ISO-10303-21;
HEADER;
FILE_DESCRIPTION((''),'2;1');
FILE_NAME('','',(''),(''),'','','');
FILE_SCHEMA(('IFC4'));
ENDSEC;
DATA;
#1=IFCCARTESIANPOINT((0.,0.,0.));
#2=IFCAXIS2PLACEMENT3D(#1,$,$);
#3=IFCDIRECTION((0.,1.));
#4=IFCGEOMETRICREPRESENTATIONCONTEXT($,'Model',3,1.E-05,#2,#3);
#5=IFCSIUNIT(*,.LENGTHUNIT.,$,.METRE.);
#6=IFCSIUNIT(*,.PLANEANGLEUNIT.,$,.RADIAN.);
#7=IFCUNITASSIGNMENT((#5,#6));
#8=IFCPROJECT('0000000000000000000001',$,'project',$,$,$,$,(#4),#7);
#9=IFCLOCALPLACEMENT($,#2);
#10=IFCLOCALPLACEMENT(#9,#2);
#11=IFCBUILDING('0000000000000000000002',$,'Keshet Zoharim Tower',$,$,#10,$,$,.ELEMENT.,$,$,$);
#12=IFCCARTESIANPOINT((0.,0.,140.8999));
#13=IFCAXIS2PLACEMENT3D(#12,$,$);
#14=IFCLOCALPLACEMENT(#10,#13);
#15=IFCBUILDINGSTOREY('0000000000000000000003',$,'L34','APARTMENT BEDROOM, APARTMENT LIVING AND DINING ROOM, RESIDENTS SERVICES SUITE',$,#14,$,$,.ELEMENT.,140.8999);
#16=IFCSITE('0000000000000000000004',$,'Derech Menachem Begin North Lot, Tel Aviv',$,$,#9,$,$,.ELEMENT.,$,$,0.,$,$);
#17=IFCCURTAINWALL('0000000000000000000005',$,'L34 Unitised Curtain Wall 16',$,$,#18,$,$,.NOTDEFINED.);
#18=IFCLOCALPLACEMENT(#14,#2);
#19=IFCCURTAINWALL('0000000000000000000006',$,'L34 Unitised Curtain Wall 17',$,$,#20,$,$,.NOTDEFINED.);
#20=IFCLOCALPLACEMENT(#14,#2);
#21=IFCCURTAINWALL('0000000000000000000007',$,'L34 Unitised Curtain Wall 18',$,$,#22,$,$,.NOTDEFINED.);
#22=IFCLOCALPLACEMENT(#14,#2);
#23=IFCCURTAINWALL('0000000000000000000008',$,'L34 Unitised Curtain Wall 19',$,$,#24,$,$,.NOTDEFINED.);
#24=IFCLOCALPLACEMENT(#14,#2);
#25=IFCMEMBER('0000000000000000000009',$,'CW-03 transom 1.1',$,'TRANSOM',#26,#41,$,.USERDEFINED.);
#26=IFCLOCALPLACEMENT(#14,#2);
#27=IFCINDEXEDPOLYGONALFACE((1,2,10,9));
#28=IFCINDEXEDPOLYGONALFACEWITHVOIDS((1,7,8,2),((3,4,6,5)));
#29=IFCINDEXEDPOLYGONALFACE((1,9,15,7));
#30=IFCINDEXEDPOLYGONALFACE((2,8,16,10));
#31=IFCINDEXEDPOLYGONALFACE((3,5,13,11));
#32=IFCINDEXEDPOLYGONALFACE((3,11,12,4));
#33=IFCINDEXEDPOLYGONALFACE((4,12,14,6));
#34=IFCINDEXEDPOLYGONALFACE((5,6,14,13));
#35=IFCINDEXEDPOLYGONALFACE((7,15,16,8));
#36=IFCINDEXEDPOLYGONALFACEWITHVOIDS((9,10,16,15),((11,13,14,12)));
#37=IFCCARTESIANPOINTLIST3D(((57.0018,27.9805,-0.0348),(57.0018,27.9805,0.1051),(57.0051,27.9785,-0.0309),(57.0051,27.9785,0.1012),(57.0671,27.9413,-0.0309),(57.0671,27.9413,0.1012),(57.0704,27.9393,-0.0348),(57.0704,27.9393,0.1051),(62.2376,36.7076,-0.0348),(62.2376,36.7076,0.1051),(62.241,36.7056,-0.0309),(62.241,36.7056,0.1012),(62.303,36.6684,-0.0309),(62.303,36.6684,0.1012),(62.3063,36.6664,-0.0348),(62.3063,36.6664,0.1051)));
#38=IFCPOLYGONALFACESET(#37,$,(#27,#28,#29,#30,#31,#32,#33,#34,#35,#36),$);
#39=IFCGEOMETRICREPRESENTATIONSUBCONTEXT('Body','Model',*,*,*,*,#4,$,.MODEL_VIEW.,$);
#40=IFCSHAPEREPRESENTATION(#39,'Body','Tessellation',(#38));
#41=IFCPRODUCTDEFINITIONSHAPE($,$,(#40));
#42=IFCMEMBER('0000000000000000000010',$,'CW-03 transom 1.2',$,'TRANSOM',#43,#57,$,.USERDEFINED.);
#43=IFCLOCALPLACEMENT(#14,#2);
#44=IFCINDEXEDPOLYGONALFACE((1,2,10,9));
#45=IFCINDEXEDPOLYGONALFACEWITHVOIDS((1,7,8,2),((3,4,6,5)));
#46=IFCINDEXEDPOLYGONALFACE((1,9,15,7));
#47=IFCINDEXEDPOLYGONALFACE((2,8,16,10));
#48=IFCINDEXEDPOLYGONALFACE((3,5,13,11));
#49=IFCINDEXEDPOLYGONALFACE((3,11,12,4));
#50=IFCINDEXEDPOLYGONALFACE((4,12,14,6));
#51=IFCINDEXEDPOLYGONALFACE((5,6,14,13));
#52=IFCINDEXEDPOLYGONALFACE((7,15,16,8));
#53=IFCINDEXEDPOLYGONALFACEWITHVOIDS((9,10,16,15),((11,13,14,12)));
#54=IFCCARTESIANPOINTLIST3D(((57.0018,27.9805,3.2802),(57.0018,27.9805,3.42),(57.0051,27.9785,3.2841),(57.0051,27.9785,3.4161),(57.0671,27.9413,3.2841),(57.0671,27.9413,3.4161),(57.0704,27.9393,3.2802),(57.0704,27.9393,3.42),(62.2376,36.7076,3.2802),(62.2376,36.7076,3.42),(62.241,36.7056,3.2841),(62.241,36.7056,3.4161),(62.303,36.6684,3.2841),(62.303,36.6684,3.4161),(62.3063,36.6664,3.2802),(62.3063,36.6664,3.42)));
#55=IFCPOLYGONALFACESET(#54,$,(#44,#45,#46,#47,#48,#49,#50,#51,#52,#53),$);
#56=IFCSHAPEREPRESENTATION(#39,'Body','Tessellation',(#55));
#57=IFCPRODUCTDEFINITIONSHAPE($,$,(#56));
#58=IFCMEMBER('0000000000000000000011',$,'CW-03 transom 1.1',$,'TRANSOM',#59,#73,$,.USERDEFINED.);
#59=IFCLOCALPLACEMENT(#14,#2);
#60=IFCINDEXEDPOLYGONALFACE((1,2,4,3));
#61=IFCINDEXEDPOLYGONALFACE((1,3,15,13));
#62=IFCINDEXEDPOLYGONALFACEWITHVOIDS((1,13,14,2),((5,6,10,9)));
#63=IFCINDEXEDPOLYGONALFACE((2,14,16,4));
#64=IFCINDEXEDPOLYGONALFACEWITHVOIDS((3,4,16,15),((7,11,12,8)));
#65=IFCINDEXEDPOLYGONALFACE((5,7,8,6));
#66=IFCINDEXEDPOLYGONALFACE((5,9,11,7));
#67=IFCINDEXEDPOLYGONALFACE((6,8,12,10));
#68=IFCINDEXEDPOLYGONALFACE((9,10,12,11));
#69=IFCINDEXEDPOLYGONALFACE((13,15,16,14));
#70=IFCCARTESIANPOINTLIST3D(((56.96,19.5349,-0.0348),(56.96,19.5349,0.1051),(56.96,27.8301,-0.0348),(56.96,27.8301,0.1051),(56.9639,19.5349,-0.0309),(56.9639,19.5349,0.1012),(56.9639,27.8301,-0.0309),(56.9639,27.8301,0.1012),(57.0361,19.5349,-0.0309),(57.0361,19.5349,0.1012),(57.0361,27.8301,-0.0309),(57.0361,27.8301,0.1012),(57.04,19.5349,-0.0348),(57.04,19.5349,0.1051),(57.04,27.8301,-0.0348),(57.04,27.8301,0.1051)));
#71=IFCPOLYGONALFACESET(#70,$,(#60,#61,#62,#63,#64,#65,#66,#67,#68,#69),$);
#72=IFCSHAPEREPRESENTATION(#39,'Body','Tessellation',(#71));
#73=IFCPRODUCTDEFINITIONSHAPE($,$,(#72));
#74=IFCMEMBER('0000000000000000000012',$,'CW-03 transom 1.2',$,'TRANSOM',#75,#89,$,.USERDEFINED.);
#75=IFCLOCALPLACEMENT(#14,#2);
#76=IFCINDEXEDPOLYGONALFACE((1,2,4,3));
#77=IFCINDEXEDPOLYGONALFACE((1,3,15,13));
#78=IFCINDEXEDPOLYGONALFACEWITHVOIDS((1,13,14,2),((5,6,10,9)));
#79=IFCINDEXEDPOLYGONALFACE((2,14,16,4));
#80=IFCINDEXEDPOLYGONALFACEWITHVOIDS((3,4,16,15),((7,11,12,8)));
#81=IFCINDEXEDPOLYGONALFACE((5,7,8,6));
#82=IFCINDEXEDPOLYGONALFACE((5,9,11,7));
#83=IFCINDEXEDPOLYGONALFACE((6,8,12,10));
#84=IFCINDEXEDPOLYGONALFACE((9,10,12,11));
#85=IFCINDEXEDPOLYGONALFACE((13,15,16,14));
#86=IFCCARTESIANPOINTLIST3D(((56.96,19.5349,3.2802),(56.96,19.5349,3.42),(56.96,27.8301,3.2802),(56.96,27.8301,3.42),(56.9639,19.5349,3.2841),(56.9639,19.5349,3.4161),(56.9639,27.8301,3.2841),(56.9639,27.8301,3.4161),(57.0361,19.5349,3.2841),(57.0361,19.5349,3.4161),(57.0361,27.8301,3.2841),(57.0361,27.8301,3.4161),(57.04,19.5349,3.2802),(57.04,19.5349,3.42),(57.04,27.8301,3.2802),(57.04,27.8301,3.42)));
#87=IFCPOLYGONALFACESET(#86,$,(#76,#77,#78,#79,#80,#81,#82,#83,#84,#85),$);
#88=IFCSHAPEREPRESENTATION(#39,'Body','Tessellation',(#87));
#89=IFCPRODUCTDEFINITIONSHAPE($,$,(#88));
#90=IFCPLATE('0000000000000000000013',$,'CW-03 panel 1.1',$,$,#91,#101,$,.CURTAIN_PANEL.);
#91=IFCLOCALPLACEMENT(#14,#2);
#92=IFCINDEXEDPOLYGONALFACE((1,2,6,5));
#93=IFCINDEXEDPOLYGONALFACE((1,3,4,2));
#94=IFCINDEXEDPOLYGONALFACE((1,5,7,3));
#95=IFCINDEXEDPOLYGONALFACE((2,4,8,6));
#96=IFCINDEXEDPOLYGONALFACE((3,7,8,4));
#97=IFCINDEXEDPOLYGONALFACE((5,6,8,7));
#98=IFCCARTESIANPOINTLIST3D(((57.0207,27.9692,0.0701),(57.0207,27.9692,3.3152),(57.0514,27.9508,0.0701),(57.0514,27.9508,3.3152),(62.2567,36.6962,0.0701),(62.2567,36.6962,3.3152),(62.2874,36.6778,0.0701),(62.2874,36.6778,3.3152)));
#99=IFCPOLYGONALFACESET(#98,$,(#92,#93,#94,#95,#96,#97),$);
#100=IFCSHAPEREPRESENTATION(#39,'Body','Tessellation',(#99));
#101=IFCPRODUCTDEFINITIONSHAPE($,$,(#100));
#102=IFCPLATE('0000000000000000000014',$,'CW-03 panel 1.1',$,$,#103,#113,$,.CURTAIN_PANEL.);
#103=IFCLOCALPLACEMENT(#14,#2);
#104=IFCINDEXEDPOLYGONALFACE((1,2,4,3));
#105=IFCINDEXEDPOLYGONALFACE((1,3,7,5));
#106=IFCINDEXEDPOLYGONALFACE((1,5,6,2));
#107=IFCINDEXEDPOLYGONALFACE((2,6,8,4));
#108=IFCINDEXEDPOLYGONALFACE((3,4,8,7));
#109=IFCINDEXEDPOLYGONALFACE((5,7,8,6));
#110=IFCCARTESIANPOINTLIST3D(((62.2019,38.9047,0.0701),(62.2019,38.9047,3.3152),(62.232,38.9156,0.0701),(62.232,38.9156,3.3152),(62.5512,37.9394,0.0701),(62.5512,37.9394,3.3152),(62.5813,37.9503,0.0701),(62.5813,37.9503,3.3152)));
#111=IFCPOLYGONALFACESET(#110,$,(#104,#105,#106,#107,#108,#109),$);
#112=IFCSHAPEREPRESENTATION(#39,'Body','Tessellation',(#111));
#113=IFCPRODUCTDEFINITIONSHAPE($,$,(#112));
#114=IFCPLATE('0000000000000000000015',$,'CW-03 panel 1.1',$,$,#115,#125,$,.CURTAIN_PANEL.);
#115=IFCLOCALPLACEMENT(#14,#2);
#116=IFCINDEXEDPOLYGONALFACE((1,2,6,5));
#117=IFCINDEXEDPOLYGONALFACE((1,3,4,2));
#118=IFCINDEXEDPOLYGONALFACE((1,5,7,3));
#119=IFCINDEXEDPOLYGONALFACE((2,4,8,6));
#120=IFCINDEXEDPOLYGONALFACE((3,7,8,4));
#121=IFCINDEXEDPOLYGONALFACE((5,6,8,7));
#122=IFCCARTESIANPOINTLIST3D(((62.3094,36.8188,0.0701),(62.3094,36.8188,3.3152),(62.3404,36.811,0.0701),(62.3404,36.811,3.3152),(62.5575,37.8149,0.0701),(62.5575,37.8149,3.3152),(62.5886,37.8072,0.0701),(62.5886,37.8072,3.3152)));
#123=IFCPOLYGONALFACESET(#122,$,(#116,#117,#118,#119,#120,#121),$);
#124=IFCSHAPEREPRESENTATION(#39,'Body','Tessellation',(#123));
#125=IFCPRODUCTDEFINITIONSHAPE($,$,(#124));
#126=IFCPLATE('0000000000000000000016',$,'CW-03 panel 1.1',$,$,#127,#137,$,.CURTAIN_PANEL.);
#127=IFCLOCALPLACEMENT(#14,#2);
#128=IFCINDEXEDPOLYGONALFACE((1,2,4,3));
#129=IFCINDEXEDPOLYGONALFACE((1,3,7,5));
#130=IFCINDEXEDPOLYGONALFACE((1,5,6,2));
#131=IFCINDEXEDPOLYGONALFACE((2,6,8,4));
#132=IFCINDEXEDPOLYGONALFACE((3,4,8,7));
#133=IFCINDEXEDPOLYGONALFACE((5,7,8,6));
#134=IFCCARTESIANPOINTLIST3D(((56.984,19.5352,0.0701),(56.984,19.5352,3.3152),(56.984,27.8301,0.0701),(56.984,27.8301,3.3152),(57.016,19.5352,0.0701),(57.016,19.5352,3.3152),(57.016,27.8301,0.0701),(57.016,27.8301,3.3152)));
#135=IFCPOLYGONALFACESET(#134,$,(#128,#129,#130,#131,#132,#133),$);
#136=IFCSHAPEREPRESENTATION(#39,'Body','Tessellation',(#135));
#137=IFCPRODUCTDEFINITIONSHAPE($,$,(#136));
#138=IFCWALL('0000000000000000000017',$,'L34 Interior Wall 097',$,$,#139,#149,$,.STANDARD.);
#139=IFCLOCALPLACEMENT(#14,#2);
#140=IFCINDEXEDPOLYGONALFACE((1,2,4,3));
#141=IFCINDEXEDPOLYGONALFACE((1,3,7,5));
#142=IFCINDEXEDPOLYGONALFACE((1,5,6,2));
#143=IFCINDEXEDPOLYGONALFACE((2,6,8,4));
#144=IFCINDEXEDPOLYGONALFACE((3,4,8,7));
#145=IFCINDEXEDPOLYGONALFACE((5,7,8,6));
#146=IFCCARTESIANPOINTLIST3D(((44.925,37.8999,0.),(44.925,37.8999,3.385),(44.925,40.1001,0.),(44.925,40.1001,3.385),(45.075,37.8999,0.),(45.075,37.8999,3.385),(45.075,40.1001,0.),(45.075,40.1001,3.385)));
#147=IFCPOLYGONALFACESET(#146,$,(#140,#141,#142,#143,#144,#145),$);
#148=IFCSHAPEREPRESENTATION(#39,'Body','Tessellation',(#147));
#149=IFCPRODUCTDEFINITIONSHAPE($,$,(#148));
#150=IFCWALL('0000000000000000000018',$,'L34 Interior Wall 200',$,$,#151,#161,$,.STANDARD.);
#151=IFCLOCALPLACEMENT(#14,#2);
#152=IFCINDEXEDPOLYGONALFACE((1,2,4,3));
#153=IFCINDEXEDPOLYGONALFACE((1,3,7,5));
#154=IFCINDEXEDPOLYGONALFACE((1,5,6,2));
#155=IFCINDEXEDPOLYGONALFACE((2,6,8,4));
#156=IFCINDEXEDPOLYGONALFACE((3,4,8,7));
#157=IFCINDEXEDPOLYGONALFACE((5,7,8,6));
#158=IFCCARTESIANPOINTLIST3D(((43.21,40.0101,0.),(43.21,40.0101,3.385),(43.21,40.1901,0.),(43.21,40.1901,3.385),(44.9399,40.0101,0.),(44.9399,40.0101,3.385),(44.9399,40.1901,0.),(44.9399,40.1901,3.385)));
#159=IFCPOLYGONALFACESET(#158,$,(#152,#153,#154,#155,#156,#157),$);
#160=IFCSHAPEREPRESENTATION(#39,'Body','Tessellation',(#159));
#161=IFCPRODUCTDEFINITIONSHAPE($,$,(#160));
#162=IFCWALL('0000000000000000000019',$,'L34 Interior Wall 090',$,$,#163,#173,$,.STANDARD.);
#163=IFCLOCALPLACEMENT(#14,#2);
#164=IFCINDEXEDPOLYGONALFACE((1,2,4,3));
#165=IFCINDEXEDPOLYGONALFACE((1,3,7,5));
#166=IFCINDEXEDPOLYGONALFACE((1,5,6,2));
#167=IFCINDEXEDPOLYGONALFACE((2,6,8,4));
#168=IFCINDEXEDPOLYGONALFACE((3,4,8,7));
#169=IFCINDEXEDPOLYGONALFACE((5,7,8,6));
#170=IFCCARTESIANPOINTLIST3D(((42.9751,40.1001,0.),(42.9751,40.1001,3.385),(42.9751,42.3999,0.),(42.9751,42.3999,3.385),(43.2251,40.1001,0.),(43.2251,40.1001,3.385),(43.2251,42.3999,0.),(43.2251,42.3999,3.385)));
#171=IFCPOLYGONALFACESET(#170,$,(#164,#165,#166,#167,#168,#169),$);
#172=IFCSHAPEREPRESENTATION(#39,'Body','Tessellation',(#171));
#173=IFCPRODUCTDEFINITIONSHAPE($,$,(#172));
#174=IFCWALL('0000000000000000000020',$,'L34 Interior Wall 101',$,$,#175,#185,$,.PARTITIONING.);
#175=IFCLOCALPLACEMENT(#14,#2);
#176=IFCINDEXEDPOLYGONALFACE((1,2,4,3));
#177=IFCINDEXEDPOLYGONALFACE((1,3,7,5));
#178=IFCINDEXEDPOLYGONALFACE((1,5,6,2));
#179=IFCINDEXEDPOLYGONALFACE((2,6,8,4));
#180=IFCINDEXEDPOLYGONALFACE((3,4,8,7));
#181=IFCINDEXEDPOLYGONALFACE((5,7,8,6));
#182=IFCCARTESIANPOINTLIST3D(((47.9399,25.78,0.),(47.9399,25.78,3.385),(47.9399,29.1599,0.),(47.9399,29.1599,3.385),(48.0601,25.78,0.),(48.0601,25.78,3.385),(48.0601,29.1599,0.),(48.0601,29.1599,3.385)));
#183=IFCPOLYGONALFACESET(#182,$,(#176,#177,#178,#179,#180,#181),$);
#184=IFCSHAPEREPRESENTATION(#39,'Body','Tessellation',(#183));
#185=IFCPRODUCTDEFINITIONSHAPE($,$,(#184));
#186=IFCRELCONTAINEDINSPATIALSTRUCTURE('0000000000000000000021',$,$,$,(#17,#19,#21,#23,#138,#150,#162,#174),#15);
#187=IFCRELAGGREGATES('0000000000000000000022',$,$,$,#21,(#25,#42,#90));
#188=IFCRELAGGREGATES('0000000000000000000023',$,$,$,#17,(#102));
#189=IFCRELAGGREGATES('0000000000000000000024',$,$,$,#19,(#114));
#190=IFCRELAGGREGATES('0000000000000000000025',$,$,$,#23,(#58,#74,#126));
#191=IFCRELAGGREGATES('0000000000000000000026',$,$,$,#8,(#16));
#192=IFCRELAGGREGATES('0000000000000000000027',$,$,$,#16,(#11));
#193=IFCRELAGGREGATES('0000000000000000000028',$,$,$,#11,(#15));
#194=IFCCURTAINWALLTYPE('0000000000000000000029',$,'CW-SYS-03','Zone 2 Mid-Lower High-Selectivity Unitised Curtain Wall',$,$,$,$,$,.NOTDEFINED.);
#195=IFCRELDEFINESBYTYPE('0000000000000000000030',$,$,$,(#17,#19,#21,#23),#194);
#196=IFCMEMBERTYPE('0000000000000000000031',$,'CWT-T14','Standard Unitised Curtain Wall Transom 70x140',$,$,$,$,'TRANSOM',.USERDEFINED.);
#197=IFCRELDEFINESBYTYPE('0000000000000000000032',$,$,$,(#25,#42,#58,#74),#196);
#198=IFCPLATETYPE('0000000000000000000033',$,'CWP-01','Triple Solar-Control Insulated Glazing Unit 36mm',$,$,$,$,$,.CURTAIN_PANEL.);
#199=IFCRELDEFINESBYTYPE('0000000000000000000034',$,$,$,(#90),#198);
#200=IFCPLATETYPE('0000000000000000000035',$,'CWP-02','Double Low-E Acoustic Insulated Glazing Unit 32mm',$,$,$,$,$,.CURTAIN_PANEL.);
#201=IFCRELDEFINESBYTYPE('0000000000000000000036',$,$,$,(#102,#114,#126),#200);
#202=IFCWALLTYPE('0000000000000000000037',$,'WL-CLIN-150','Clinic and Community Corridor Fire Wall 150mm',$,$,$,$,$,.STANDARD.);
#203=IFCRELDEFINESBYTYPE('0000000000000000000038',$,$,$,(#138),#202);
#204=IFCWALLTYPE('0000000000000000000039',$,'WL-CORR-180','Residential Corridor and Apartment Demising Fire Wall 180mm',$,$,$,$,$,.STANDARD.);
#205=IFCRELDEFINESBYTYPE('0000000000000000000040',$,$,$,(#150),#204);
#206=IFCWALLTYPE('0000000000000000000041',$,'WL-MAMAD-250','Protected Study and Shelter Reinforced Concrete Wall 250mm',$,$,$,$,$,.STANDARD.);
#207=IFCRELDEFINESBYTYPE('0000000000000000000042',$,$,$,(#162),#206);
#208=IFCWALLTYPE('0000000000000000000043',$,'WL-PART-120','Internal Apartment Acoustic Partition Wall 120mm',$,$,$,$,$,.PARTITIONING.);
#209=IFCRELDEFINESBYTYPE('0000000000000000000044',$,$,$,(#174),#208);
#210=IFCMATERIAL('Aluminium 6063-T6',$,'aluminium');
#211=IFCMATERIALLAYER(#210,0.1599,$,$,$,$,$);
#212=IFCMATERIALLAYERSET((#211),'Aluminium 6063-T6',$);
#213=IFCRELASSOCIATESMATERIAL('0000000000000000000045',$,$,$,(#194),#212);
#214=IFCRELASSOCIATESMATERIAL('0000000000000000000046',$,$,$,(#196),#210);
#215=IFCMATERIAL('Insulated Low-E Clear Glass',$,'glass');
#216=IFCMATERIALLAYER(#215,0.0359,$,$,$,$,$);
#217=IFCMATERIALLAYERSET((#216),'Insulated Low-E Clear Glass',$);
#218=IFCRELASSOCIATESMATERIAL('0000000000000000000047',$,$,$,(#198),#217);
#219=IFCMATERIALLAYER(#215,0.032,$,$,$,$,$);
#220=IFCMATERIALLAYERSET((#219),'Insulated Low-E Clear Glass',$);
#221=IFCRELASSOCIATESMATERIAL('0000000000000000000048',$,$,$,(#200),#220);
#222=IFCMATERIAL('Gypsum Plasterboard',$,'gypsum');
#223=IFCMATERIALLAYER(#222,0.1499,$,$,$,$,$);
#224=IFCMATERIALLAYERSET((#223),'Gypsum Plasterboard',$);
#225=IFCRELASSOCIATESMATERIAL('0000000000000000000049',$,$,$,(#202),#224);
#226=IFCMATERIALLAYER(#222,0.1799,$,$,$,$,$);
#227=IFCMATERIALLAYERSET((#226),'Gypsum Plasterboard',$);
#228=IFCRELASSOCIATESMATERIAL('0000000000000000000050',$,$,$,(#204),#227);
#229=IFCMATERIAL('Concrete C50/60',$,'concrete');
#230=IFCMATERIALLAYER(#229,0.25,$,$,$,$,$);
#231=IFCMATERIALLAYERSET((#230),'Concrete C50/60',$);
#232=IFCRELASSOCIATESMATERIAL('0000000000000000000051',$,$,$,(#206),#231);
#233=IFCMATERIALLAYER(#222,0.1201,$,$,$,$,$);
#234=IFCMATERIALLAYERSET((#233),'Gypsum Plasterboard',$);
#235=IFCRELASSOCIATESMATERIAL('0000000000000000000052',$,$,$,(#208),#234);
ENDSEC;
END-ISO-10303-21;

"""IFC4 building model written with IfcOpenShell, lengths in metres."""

from ifc_helpers import new_model, si_unit, direction, frame, frame_2d, origin, origin_2d, place, context, subcontext, project, spatial, rectangle, hollow_rectangle, extrude, material, layer, layer_set, material_profile, profile_set, type_object, element, aggregate, save


model = new_model("IFC4")

# Units and contexts
model_context = context("Model", 3, precision=1e-05, world=origin(), true_north=direction((0.0, 1.0)))
body_context = subcontext(model_context, "Body", "Model", "MODEL_VIEW")
ifc_project = project(units=[si_unit("LENGTHUNIT", "METRE"), si_unit("PLANEANGLEUNIT", "RADIAN")], contexts=[model_context])

# Site, building, storey
site_placement = place(None, origin())
site = spatial("IfcSite", under=ifc_project, at=site_placement, Name="Derech Menachem Begin North Lot, Tel Aviv", CompositionType="ELEMENT", RefElevation=0.0)
building_placement = place(site_placement, origin())
building = spatial("IfcBuilding", under=site, at=building_placement, Name="Keshet Zoharim Tower", CompositionType="ELEMENT")
storey_placement = place(building_placement, frame((0.0, 0.0, 140.8999)))
storey = spatial("IfcBuildingStorey", under=building, at=storey_placement, Name="L34", Description="APARTMENT BEDROOM, APARTMENT LIVING AND DINING ROOM, RESIDENTS SERVICES SUITE", CompositionType="ELEMENT", Elevation=140.8999)

# Shared definitions
ifc_material_1 = material(Name="Aluminium 6063-T6", Category="aluminium")
ifc_layer_1 = layer(ifc_material_1, 0.1599)
ifc_layer_set_1 = layer_set([ifc_layer_1], Name="Aluminium 6063-T6")
curtain_wall_type = type_object("IfcCurtainWallType", Name="CW-SYS-03", Description="Zone 2 Mid-Lower High-Selectivity Unitised Curtain Wall", PredefinedType="NOTDEFINED", material=ifc_layer_set_1)

# Curtain walls
curtain_wall_1_placement = place(storey_placement, origin())
curtain_wall_1 = element("IfcCurtainWall", 1, at=curtain_wall_1_placement, inside=storey, type_object=curtain_wall_type, Name="L34 Unitised Curtain Wall 16", PredefinedType="NOTDEFINED")
curtain_wall_2_placement = place(storey_placement, origin())
curtain_wall_2 = element("IfcCurtainWall", 2, at=curtain_wall_2_placement, inside=storey, type_object=curtain_wall_type, Name="L34 Unitised Curtain Wall 17", PredefinedType="NOTDEFINED")
curtain_wall_3_placement = place(storey_placement, origin())
curtain_wall_3 = element("IfcCurtainWall", 3, at=curtain_wall_3_placement, inside=storey, type_object=curtain_wall_type, Name="L34 Unitised Curtain Wall 18", PredefinedType="NOTDEFINED")

# Curtain wall
curtain_wall_4_placement = place(storey_placement, origin())
curtain_wall_4 = element("IfcCurtainWall", 4, at=curtain_wall_4_placement, inside=storey, type_object=curtain_wall_type, Name="L34 Unitised Curtain Wall 19", PredefinedType="NOTDEFINED")

# Members
ifc_material_profile_1 = material_profile(ifc_material_1, hollow_rectangle(XDim=0.0801, YDim=0.1399, WallThickness=0.0039, at=origin_2d()), Name="TRN-80x140")
ifc_profile_set_1 = profile_set([ifc_material_profile_1], Name="Aluminium 6063-T6")
member_type_1 = type_object("IfcMemberType", Name="CWT-T14", Description="Standard Unitised Curtain Wall Transom 70x140", ElementType="TRANSOM", PredefinedType="USERDEFINED", material=ifc_profile_set_1)
member_1_placement = place(storey_placement, frame((62.272, 36.687, 0.0352), z_axis=(-0.514468, -0.85751, 0.0), x_axis=(0.85751, -0.514468, 0.0)))
member_1 = element("IfcMember", 5, at=member_1_placement, type_object=member_type_1, Name="CW-03 transom 1.1", ObjectType="TRANSOM", PredefinedType="USERDEFINED", context=body_context, shape_type="SweptSolid", body=[
    extrude(hollow_rectangle(XDim=0.0801, YDim=0.1399, WallThickness=0.0039, at=origin_2d()), origin(), (0.0, 0.0, 1.0), 10.1772),
])
member_2_placement = place(storey_placement, frame((62.272, 36.687, 3.3501), z_axis=(-0.514468, -0.85751, 0.0), x_axis=(0.85751, -0.514468, 0.0)))
member_2 = element("IfcMember", 6, at=member_2_placement, type_object=member_type_1, Name="CW-03 transom 1.2", ObjectType="TRANSOM", PredefinedType="USERDEFINED", context=body_context, shape_type="SweptSolid", body=[
    extrude(hollow_rectangle(XDim=0.0801, YDim=0.1399, WallThickness=0.0039, at=origin_2d()), origin(), (0.0, 0.0, 1.0), 10.1772),
])
member_3_placement = place(storey_placement, frame((57.0, 27.8301, 0.0352), z_axis=(0.0, -1.0, 0.0), x_axis=(1.0, 0.0, 0.0)))
member_3 = element("IfcMember", 7, at=member_3_placement, type_object=member_type_1, Name="CW-03 transom 1.1", ObjectType="TRANSOM", PredefinedType="USERDEFINED", context=body_context, shape_type="SweptSolid", body=[
    extrude(hollow_rectangle(XDim=0.0801, YDim=0.1399, WallThickness=0.0039, at=origin_2d()), origin(), (0.0, 0.0, 1.0), 8.2952),
])
member_4_placement = place(storey_placement, frame((57.0, 27.8301, 3.3501), z_axis=(0.0, -1.0, 0.0), x_axis=(1.0, 0.0, 0.0)))
member_4 = element("IfcMember", 8, at=member_4_placement, type_object=member_type_1, Name="CW-03 transom 1.2", ObjectType="TRANSOM", PredefinedType="USERDEFINED", context=body_context, shape_type="SweptSolid", body=[
    extrude(hollow_rectangle(XDim=0.0801, YDim=0.1399, WallThickness=0.0039, at=origin_2d()), origin(), (0.0, 0.0, 1.0), 8.2952),
])

# Plates
ifc_material_2 = material(Name="Insulated Low-E Clear Glass", Category="glass")
ifc_layer_2 = layer(ifc_material_2, 0.0359)
ifc_layer_set_2 = layer_set([ifc_layer_2], Name="Insulated Low-E Clear Glass")
plate_type_1 = type_object("IfcPlateType", Name="CWP-01", Description="Triple Solar-Control Insulated Glazing Unit 36mm", PredefinedType="CURTAIN_PANEL", material=ifc_layer_set_2)
plate_1_placement = place(storey_placement, frame((59.6541, 32.3235, 0.0701), z_axis=(0.0, 0.0, 1.0), x_axis=(-0.514482, -0.857501, 0.0)))
plate_1 = element("IfcPlate", 9, at=plate_1_placement, type_object=plate_type_1, Name="CW-03 panel 1.1", PredefinedType="CURTAIN_PANEL", context=body_context, shape_type="SweptSolid", body=[
    extrude(rectangle(XDim=10.1772, YDim=0.0359, at=origin_2d()), origin(), (0.0, 0.0, 1.0), 3.2451),
])
aggregate(curtain_wall_3, [member_1, member_2, plate_1])
ifc_layer_3 = layer(ifc_material_2, 0.032)
ifc_layer_set_3 = layer_set([ifc_layer_3], Name="Insulated Low-E Clear Glass")
plate_type_2 = type_object("IfcPlateType", Name="CWP-02", Description="Double Low-E Acoustic Insulated Glazing Unit 32mm", PredefinedType="CURTAIN_PANEL", material=ifc_layer_set_3)
plate_2_placement = place(storey_placement, frame((62.3916, 38.4275, 0.0701), z_axis=(0.0, 0.0, 1.0), x_axis=(0.340297, -0.940318, 0.0)))
plate_2 = element("IfcPlate", 10, at=plate_2_placement, type_object=plate_type_2, Name="CW-03 panel 1.1", PredefinedType="CURTAIN_PANEL", context=body_context, shape_type="SweptSolid", body=[
    extrude(rectangle(XDim=1.0266, YDim=0.032, at=origin_2d()), origin(), (0.0, 0.0, 1.0), 3.2451),
])
aggregate(curtain_wall_1, [plate_2])
plate_3_placement = place(storey_placement, frame((62.449, 37.313, 0.0701), z_axis=(0.0, 0.0, 1.0), x_axis=(-0.241729, -0.970344, 0.0)))
plate_3 = element("IfcPlate", 11, at=plate_3_placement, type_object=plate_type_2, Name="CW-03 panel 1.1", PredefinedType="CURTAIN_PANEL", context=body_context, shape_type="SweptSolid", body=[
    extrude(rectangle(XDim=1.0266, YDim=0.032, at=origin_2d()), origin(), (0.0, 0.0, 1.0), 3.2451),
])
aggregate(curtain_wall_2, [plate_3])
plate_4_placement = place(storey_placement, frame((57.0, 23.6826, 0.0701), z_axis=(0.0, 0.0, 1.0), x_axis=(0.0, -1.0, 0.0)))
plate_4 = element("IfcPlate", 12, at=plate_4_placement, type_object=plate_type_2, Name="CW-03 panel 1.1", PredefinedType="CURTAIN_PANEL", context=body_context, shape_type="SweptSolid", body=[
    extrude(rectangle(XDim=8.2949, YDim=0.032, at=origin_2d()), origin(), (0.0, 0.0, 1.0), 3.2451),
])
aggregate(curtain_wall_4, [member_3, member_4, plate_4])

# Walls
ifc_material_3 = material(Name="Gypsum Plasterboard", Category="gypsum")
ifc_layer_4 = layer(ifc_material_3, 0.1499)
ifc_layer_set_4 = layer_set([ifc_layer_4], Name="Gypsum Plasterboard")
wall_type_1 = type_object("IfcWallType", Name="WL-CLIN-150", Description="Clinic and Community Corridor Fire Wall 150mm", PredefinedType="STANDARD", material=ifc_layer_set_4)
wall_1_placement = place(storey_placement, frame((45.0, 37.8999, 0.0), z_axis=(0.0, 0.0, 1.0), x_axis=(0.0, 1.0, 0.0)))
element("IfcWall", 13, at=wall_1_placement, inside=storey, type_object=wall_type_1, Name="L34 Interior Wall 097", PredefinedType="STANDARD", context=body_context, shape_type="SweptSolid", body=[
    extrude(rectangle(XDim=2.2002, YDim=0.1499, at=frame_2d((1.1001, 0.0))), origin(), (0.0, 0.0, 1.0), 3.385),
])
ifc_layer_5 = layer(ifc_material_3, 0.1799)
ifc_layer_set_5 = layer_set([ifc_layer_5], Name="Gypsum Plasterboard")
wall_type_2 = type_object("IfcWallType", Name="WL-CORR-180", Description="Residential Corridor and Apartment Demising Fire Wall 180mm", PredefinedType="STANDARD", material=ifc_layer_set_5)
wall_2_placement = place(storey_placement, frame((43.21, 40.1001, 0.0), z_axis=(0.0, 0.0, 1.0), x_axis=(1.0, 0.0, 0.0)))
element("IfcWall", 14, at=wall_2_placement, inside=storey, type_object=wall_type_2, Name="L34 Interior Wall 200", PredefinedType="STANDARD", context=body_context, shape_type="SweptSolid", body=[
    extrude(rectangle(XDim=1.73, YDim=0.1799, at=frame_2d((0.865, 0.0))), origin(), (0.0, 0.0, 1.0), 3.385),
])
ifc_material_4 = material(Name="Concrete C50/60", Category="concrete")
ifc_layer_6 = layer(ifc_material_4, 0.25)
ifc_layer_set_6 = layer_set([ifc_layer_6], Name="Concrete C50/60")
wall_type_3 = type_object("IfcWallType", Name="WL-MAMAD-250", Description="Protected Study and Shelter Reinforced Concrete Wall 250mm", PredefinedType="STANDARD", material=ifc_layer_set_6)
wall_3_placement = place(storey_placement, frame((43.1001, 40.1001, 0.0), z_axis=(0.0, 0.0, 1.0), x_axis=(0.0, 1.0, 0.0)))
element("IfcWall", 15, at=wall_3_placement, inside=storey, type_object=wall_type_3, Name="L34 Interior Wall 090", PredefinedType="STANDARD", context=body_context, shape_type="SweptSolid", body=[
    extrude(rectangle(XDim=2.2998, YDim=0.25, at=frame_2d((1.1499, 0.0))), origin(), (0.0, 0.0, 1.0), 3.385),
])
ifc_layer_7 = layer(ifc_material_3, 0.1201)
ifc_layer_set_7 = layer_set([ifc_layer_7], Name="Gypsum Plasterboard")
wall_type_4 = type_object("IfcWallType", Name="WL-PART-120", Description="Internal Apartment Acoustic Partition Wall 120mm", PredefinedType="PARTITIONING", material=ifc_layer_set_7)
wall_4_placement = place(storey_placement, frame((48.0, 25.78, 0.0), z_axis=(0.0, 0.0, 1.0), x_axis=(0.0, 1.0, 0.0)))
element("IfcWall", 16, at=wall_4_placement, inside=storey, type_object=wall_type_4, Name="L34 Interior Wall 101", PredefinedType="PARTITIONING", context=body_context, shape_type="SweptSolid", body=[
    extrude(rectangle(XDim=3.3799, YDim=0.1201, at=frame_2d((1.6899, 0.0))), origin(), (0.0, 0.0, 1.0), 3.385),
])

save(model, "model.ifc")
